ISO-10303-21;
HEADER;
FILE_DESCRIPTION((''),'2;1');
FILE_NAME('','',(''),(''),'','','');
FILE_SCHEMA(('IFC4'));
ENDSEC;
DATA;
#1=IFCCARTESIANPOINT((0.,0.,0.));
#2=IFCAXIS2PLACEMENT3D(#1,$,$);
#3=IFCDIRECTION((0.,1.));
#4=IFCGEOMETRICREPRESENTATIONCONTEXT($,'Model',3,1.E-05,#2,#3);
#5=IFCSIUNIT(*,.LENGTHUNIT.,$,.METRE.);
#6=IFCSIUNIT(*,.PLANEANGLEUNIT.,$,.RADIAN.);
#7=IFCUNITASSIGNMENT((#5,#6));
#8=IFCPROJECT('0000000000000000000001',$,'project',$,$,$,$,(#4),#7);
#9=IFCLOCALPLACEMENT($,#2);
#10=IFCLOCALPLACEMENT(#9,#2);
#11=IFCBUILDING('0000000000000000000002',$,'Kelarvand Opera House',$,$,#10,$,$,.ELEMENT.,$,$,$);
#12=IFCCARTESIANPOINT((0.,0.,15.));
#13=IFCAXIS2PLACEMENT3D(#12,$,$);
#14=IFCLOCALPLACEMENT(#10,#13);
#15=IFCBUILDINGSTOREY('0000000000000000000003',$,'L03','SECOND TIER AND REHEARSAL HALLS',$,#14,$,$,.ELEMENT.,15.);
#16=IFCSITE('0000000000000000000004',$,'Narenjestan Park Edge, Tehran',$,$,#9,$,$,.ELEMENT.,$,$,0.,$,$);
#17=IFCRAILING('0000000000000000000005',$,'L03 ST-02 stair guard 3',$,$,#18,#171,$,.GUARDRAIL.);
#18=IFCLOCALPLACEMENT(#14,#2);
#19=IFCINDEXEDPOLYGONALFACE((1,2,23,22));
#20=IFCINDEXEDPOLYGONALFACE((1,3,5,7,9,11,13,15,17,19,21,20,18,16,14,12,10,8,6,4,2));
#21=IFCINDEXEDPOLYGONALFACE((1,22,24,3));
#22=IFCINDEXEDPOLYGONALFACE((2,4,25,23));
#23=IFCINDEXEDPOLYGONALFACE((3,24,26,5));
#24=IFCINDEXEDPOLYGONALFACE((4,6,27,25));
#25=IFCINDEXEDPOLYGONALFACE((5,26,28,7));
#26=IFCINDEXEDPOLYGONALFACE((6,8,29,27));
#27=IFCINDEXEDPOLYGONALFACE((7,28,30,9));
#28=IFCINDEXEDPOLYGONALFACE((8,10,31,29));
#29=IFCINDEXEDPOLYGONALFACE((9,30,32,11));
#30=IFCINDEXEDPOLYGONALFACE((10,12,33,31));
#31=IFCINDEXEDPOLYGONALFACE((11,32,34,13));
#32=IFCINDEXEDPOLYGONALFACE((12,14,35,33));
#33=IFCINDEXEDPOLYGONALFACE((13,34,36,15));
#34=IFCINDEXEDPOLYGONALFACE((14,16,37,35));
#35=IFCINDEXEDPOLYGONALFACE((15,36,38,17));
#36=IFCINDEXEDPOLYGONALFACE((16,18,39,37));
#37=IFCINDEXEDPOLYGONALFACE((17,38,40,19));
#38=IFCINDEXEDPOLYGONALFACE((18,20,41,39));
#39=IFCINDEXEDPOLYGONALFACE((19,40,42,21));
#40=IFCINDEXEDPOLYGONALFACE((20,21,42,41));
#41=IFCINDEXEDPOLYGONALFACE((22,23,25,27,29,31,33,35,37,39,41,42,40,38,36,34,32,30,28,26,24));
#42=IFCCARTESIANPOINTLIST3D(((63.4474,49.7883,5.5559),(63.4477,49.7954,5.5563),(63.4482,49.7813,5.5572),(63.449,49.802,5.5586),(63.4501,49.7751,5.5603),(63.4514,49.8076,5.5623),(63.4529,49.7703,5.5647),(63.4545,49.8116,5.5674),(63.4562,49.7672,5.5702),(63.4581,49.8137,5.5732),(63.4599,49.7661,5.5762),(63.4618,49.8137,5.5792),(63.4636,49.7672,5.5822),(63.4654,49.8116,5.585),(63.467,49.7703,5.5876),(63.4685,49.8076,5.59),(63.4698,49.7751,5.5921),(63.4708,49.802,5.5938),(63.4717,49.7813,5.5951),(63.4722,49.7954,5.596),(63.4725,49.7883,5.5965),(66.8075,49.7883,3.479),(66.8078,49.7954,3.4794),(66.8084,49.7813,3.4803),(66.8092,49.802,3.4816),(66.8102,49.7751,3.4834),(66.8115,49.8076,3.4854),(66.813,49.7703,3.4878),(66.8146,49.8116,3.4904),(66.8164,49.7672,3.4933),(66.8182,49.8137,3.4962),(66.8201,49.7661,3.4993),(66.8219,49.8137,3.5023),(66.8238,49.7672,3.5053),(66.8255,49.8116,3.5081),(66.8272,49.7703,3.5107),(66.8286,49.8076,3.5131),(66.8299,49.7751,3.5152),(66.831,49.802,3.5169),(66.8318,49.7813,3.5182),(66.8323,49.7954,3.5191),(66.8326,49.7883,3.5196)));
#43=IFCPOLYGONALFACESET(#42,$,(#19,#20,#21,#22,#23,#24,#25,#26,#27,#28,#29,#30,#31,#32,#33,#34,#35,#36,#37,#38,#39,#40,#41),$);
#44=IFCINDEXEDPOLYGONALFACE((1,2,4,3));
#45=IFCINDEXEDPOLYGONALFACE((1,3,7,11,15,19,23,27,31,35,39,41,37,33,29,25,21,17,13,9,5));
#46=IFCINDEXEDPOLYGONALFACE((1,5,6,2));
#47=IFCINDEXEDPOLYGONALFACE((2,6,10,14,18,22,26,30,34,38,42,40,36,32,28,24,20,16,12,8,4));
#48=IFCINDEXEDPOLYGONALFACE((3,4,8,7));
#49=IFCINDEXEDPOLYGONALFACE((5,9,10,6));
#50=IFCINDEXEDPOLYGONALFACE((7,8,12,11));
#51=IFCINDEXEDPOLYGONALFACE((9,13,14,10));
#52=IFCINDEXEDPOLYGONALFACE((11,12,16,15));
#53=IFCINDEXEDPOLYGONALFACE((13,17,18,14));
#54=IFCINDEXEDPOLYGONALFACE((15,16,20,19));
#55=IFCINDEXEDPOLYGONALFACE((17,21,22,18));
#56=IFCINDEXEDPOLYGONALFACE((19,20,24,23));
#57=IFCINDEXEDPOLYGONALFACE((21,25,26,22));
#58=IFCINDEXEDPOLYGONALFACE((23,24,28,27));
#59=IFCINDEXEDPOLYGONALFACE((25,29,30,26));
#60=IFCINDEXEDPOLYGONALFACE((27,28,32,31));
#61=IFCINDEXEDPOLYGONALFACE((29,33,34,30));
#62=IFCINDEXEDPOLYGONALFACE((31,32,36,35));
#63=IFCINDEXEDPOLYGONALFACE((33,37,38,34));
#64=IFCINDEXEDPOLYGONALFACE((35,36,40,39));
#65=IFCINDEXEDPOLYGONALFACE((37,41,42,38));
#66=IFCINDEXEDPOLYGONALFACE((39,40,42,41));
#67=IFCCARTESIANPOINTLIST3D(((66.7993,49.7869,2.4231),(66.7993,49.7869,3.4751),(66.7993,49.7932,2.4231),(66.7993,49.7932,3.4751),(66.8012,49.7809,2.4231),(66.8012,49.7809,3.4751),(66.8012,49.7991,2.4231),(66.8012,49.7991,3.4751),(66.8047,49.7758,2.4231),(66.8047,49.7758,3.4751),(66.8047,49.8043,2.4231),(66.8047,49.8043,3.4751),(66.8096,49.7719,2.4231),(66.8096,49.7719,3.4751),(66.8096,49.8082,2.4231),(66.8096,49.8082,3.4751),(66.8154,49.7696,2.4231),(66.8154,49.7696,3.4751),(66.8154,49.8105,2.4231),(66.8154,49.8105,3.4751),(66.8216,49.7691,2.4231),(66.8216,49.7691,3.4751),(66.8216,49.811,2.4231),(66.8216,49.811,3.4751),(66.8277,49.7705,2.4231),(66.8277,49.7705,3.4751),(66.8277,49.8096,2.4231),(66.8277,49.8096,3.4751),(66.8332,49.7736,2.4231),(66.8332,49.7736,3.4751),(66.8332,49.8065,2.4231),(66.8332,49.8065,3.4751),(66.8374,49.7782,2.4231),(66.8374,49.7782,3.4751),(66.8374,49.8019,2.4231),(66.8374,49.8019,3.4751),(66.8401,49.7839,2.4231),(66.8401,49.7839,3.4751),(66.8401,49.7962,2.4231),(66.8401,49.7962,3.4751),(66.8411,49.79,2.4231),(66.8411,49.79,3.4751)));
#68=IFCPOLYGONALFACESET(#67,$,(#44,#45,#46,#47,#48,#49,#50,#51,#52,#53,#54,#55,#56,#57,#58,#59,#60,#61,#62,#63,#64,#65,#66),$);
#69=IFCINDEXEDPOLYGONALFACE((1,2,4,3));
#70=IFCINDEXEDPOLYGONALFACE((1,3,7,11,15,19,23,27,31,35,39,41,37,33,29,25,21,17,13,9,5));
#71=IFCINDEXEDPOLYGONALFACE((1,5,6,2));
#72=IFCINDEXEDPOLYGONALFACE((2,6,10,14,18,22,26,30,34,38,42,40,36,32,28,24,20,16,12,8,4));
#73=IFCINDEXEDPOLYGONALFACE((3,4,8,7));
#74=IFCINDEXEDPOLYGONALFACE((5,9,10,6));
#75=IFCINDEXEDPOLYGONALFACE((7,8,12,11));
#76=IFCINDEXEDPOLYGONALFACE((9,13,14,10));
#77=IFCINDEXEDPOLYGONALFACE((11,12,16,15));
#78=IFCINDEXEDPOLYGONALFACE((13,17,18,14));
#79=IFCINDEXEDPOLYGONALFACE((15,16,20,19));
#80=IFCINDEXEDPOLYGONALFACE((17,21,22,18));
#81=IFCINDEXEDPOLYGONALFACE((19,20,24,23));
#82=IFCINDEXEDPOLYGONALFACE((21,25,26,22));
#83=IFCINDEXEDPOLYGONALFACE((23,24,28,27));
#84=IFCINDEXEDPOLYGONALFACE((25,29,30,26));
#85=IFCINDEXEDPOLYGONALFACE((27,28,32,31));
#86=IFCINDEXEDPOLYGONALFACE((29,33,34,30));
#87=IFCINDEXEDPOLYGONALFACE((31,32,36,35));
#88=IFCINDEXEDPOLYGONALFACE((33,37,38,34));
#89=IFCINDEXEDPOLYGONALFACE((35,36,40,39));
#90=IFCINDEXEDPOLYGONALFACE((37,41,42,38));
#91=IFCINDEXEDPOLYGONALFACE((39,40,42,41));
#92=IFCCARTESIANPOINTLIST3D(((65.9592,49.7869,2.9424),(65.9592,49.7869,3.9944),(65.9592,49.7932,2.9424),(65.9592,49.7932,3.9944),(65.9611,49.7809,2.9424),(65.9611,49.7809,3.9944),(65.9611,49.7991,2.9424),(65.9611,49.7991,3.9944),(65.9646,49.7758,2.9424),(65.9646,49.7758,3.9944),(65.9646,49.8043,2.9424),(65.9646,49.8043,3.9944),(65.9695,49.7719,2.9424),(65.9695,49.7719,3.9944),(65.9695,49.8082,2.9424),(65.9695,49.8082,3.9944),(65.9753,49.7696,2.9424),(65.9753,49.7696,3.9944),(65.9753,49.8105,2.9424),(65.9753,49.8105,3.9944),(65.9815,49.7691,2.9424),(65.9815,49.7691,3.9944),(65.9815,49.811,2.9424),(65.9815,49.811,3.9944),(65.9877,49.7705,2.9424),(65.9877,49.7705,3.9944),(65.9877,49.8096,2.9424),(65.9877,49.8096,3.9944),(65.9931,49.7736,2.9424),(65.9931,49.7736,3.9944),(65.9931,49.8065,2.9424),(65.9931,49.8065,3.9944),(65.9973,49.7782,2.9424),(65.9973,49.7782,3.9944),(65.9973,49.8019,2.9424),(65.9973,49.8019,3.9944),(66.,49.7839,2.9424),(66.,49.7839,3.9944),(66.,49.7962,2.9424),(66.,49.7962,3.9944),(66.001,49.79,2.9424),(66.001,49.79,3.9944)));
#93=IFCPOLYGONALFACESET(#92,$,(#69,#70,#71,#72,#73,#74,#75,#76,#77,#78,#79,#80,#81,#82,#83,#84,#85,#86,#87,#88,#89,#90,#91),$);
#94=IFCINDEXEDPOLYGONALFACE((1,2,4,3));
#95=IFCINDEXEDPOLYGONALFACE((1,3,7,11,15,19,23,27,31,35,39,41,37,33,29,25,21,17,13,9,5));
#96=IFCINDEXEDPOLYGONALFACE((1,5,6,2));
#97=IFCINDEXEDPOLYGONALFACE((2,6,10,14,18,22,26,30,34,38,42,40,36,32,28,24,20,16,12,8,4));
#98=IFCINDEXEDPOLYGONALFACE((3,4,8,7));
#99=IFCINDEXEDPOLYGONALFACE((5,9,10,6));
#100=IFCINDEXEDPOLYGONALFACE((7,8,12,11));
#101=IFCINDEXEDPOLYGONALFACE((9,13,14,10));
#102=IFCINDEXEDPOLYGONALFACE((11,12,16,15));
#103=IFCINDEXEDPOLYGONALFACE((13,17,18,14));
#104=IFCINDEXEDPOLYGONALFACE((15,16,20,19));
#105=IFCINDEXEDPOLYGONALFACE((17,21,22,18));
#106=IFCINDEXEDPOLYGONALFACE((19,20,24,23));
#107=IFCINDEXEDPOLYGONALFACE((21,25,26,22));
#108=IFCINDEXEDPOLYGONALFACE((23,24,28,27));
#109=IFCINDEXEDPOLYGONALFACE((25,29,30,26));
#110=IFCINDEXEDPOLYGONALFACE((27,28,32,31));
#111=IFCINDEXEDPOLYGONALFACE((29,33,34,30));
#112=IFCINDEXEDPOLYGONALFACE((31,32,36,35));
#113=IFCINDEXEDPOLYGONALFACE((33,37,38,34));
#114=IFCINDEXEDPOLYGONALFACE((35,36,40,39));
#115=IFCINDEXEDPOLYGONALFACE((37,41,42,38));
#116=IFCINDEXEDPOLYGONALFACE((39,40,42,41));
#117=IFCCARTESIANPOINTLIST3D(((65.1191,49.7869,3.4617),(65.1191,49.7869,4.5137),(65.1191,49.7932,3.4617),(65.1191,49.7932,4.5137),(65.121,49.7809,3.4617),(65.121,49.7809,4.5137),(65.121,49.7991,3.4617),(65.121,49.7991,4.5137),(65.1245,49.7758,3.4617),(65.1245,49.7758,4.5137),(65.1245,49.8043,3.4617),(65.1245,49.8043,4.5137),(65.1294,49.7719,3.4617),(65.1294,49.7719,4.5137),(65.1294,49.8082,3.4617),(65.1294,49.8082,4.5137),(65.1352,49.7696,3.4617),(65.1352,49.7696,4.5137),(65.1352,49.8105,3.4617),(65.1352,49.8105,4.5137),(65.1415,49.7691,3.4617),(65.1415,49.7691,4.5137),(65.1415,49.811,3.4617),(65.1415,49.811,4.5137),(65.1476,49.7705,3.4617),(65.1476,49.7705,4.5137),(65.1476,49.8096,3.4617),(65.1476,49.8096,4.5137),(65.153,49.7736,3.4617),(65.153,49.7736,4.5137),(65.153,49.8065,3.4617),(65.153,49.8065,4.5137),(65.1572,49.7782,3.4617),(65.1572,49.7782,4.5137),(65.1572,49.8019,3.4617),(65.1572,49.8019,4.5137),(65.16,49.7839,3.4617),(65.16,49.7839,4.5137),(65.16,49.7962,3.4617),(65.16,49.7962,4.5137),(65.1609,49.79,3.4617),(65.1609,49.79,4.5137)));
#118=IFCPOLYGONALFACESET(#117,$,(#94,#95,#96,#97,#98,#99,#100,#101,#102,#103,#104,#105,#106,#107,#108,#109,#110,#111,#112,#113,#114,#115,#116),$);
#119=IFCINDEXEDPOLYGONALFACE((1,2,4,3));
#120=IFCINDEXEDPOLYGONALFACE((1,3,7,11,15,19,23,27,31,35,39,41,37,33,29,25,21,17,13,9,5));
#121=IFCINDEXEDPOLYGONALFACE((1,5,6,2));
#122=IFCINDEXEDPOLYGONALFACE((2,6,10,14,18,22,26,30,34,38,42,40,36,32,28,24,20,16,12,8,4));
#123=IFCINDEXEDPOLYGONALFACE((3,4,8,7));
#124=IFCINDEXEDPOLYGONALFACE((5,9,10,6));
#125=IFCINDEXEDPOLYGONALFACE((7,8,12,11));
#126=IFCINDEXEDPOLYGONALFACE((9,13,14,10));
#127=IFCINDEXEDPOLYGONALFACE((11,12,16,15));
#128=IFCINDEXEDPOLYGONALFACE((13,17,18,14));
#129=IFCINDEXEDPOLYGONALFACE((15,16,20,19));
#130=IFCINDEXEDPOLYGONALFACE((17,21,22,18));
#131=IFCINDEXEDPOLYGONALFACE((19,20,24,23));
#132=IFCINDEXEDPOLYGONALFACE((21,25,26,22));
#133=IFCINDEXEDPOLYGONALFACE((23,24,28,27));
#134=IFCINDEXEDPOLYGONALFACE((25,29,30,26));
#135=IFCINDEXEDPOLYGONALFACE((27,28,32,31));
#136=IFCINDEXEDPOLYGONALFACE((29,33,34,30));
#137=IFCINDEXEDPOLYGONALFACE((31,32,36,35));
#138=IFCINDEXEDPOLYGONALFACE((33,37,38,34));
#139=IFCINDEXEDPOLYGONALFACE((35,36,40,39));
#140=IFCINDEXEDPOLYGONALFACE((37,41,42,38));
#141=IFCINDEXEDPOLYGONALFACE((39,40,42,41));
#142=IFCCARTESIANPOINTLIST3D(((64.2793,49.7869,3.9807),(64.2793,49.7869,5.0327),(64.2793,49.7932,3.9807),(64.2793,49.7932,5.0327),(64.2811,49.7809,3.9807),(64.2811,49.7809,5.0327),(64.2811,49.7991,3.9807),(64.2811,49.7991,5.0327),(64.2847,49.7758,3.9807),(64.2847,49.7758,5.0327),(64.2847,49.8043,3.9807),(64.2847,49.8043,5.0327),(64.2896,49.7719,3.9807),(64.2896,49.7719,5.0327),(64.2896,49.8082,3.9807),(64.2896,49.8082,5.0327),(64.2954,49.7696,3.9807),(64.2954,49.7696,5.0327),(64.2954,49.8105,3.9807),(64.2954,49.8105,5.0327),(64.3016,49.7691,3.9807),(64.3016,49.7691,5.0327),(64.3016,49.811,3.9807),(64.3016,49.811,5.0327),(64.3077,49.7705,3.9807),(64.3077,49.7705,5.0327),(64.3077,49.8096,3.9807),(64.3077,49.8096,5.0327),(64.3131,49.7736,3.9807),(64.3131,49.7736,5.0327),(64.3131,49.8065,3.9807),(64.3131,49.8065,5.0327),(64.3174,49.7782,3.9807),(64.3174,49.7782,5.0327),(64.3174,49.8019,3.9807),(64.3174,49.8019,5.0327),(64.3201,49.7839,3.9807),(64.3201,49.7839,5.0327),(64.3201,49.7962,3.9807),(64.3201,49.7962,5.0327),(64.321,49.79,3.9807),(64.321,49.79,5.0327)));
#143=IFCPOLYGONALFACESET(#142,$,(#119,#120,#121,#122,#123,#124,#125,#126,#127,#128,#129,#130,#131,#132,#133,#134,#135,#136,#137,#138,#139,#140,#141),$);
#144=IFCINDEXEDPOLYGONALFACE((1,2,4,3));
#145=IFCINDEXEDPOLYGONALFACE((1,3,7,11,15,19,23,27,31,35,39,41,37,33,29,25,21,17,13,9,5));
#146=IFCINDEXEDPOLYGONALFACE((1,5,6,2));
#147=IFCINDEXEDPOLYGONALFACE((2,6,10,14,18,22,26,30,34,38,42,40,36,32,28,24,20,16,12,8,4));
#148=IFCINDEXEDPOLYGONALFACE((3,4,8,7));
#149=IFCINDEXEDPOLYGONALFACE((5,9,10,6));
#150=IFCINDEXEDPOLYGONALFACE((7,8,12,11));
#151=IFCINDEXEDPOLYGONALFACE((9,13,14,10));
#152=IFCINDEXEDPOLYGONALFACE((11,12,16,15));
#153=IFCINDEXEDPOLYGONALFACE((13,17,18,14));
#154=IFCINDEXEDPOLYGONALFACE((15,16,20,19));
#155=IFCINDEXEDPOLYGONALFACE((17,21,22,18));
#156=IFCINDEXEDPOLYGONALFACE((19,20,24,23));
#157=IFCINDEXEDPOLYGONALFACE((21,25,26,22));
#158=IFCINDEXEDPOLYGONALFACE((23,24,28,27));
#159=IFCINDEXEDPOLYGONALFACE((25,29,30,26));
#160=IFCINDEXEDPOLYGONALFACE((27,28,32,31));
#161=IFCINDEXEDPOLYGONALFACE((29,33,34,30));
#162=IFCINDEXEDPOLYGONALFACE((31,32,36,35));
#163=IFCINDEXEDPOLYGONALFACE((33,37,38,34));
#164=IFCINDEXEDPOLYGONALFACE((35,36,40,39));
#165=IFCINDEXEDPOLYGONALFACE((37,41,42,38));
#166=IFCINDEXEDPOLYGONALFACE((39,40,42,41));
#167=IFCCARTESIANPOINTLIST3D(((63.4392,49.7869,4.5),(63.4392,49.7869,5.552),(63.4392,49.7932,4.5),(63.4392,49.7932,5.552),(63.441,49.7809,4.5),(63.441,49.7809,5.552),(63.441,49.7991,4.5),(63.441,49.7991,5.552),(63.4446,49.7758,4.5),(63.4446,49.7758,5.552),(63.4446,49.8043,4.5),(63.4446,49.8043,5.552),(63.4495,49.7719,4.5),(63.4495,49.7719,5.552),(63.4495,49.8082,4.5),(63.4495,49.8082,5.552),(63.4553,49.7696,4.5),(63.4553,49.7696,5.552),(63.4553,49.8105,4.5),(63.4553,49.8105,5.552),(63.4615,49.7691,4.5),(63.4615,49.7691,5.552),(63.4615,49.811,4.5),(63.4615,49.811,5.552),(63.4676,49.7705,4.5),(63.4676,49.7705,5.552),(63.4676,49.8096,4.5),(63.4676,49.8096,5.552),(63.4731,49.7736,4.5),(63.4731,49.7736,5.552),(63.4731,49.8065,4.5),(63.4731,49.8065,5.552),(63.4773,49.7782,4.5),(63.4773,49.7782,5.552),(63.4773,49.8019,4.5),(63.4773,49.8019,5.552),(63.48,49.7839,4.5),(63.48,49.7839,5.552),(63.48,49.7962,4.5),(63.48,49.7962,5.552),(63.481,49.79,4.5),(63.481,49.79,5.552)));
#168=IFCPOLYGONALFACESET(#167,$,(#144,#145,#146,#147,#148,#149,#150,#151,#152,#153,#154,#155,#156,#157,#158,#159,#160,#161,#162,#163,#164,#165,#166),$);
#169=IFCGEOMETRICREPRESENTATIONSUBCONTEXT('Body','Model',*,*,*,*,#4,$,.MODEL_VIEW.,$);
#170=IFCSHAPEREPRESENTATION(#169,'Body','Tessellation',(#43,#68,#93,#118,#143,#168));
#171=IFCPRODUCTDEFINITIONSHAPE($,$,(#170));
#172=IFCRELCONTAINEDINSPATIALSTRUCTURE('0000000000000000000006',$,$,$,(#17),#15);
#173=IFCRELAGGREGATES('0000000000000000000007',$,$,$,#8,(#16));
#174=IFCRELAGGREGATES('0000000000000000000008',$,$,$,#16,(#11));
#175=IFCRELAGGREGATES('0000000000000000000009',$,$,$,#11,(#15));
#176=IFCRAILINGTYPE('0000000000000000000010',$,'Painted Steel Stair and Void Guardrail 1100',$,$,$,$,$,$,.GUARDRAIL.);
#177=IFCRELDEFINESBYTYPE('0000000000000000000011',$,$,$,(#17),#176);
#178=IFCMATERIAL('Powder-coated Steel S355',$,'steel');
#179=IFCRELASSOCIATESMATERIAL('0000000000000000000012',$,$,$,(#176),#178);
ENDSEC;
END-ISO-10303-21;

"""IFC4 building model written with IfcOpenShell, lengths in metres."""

from ifc_helpers import new_model, si_unit, direction, frame, origin, origin_2d, place, context, subcontext, project, spatial, circle, extrude, material, type_object, element, save


model = new_model("IFC4")

# Units and contexts
model_context = context("Model", 3, precision=1e-05, world=origin(), true_north=direction((0.0, 1.0)))
body_context = subcontext(model_context, "Body", "Model", "MODEL_VIEW")
ifc_project = project(units=[si_unit("LENGTHUNIT", "METRE"), si_unit("PLANEANGLEUNIT", "RADIAN")], contexts=[model_context])

# Site, building, storey
site_placement = place(None, origin())
site = spatial("IfcSite", under=ifc_project, at=site_placement, Name="Narenjestan Park Edge, Tehran", CompositionType="ELEMENT", RefElevation=0.0)
building_placement = place(site_placement, origin())
building = spatial("IfcBuilding", under=site, at=building_placement, Name="Kelarvand Opera House", CompositionType="ELEMENT")
storey_placement = place(building_placement, frame((0.0, 0.0, 15.0)))
storey = spatial("IfcBuildingStorey", under=building, at=storey_placement, Name="L03", Description="SECOND TIER AND REHEARSAL HALLS", CompositionType="ELEMENT", Elevation=15.0)

# Railing
ifc_material_1 = material(Name="Powder-coated Steel S355", Category="steel")
railing_type_1 = type_object("IfcRailingType", Name="Painted Steel Stair and Void Guardrail 1100", PredefinedType="GUARDRAIL", material=ifc_material_1)
railing_1_placement = place(storey_placement, frame((66.8201, 49.79, 2.4231)))
element("IfcRailing", 1, at=railing_1_placement, inside=storey, type_object=railing_type_1, Name="L03 ST-02 stair guard 3", PredefinedType="GUARDRAIL", context=body_context, shape_type="SweptSolid", body=[
    extrude(circle(Radius=0.0239, at=origin_2d()), frame((0.0, 0.0, 1.0762), z_axis=(-0.850623, 0.0, 0.525776), x_axis=(0.0, -1.0, 0.0)), (0.0, 0.0, 1.0), 3.9502),
    extrude(circle(Radius=0.021, at=origin_2d()), origin(), (0.0, 0.0, 1.0), 1.052),
    extrude(circle(Radius=0.021, at=origin_2d()), frame((-0.8401, 0.0, 0.5193)), (0.0, 0.0, 1.0), 1.052),
    extrude(circle(Radius=0.021, at=origin_2d()), frame((-1.6802, 0.0, 1.0386)), (0.0, 0.0, 1.0), 1.052),
    extrude(circle(Radius=0.021, at=origin_2d()), frame((-2.52, 0.0, 1.5576)), (0.0, 0.0, 1.0), 1.052),
    extrude(circle(Radius=0.021, at=origin_2d()), frame((-3.3601, 0.0, 2.0769)), (0.0, 0.0, 1.0), 1.052),
])

save(model, "model.ifc")
